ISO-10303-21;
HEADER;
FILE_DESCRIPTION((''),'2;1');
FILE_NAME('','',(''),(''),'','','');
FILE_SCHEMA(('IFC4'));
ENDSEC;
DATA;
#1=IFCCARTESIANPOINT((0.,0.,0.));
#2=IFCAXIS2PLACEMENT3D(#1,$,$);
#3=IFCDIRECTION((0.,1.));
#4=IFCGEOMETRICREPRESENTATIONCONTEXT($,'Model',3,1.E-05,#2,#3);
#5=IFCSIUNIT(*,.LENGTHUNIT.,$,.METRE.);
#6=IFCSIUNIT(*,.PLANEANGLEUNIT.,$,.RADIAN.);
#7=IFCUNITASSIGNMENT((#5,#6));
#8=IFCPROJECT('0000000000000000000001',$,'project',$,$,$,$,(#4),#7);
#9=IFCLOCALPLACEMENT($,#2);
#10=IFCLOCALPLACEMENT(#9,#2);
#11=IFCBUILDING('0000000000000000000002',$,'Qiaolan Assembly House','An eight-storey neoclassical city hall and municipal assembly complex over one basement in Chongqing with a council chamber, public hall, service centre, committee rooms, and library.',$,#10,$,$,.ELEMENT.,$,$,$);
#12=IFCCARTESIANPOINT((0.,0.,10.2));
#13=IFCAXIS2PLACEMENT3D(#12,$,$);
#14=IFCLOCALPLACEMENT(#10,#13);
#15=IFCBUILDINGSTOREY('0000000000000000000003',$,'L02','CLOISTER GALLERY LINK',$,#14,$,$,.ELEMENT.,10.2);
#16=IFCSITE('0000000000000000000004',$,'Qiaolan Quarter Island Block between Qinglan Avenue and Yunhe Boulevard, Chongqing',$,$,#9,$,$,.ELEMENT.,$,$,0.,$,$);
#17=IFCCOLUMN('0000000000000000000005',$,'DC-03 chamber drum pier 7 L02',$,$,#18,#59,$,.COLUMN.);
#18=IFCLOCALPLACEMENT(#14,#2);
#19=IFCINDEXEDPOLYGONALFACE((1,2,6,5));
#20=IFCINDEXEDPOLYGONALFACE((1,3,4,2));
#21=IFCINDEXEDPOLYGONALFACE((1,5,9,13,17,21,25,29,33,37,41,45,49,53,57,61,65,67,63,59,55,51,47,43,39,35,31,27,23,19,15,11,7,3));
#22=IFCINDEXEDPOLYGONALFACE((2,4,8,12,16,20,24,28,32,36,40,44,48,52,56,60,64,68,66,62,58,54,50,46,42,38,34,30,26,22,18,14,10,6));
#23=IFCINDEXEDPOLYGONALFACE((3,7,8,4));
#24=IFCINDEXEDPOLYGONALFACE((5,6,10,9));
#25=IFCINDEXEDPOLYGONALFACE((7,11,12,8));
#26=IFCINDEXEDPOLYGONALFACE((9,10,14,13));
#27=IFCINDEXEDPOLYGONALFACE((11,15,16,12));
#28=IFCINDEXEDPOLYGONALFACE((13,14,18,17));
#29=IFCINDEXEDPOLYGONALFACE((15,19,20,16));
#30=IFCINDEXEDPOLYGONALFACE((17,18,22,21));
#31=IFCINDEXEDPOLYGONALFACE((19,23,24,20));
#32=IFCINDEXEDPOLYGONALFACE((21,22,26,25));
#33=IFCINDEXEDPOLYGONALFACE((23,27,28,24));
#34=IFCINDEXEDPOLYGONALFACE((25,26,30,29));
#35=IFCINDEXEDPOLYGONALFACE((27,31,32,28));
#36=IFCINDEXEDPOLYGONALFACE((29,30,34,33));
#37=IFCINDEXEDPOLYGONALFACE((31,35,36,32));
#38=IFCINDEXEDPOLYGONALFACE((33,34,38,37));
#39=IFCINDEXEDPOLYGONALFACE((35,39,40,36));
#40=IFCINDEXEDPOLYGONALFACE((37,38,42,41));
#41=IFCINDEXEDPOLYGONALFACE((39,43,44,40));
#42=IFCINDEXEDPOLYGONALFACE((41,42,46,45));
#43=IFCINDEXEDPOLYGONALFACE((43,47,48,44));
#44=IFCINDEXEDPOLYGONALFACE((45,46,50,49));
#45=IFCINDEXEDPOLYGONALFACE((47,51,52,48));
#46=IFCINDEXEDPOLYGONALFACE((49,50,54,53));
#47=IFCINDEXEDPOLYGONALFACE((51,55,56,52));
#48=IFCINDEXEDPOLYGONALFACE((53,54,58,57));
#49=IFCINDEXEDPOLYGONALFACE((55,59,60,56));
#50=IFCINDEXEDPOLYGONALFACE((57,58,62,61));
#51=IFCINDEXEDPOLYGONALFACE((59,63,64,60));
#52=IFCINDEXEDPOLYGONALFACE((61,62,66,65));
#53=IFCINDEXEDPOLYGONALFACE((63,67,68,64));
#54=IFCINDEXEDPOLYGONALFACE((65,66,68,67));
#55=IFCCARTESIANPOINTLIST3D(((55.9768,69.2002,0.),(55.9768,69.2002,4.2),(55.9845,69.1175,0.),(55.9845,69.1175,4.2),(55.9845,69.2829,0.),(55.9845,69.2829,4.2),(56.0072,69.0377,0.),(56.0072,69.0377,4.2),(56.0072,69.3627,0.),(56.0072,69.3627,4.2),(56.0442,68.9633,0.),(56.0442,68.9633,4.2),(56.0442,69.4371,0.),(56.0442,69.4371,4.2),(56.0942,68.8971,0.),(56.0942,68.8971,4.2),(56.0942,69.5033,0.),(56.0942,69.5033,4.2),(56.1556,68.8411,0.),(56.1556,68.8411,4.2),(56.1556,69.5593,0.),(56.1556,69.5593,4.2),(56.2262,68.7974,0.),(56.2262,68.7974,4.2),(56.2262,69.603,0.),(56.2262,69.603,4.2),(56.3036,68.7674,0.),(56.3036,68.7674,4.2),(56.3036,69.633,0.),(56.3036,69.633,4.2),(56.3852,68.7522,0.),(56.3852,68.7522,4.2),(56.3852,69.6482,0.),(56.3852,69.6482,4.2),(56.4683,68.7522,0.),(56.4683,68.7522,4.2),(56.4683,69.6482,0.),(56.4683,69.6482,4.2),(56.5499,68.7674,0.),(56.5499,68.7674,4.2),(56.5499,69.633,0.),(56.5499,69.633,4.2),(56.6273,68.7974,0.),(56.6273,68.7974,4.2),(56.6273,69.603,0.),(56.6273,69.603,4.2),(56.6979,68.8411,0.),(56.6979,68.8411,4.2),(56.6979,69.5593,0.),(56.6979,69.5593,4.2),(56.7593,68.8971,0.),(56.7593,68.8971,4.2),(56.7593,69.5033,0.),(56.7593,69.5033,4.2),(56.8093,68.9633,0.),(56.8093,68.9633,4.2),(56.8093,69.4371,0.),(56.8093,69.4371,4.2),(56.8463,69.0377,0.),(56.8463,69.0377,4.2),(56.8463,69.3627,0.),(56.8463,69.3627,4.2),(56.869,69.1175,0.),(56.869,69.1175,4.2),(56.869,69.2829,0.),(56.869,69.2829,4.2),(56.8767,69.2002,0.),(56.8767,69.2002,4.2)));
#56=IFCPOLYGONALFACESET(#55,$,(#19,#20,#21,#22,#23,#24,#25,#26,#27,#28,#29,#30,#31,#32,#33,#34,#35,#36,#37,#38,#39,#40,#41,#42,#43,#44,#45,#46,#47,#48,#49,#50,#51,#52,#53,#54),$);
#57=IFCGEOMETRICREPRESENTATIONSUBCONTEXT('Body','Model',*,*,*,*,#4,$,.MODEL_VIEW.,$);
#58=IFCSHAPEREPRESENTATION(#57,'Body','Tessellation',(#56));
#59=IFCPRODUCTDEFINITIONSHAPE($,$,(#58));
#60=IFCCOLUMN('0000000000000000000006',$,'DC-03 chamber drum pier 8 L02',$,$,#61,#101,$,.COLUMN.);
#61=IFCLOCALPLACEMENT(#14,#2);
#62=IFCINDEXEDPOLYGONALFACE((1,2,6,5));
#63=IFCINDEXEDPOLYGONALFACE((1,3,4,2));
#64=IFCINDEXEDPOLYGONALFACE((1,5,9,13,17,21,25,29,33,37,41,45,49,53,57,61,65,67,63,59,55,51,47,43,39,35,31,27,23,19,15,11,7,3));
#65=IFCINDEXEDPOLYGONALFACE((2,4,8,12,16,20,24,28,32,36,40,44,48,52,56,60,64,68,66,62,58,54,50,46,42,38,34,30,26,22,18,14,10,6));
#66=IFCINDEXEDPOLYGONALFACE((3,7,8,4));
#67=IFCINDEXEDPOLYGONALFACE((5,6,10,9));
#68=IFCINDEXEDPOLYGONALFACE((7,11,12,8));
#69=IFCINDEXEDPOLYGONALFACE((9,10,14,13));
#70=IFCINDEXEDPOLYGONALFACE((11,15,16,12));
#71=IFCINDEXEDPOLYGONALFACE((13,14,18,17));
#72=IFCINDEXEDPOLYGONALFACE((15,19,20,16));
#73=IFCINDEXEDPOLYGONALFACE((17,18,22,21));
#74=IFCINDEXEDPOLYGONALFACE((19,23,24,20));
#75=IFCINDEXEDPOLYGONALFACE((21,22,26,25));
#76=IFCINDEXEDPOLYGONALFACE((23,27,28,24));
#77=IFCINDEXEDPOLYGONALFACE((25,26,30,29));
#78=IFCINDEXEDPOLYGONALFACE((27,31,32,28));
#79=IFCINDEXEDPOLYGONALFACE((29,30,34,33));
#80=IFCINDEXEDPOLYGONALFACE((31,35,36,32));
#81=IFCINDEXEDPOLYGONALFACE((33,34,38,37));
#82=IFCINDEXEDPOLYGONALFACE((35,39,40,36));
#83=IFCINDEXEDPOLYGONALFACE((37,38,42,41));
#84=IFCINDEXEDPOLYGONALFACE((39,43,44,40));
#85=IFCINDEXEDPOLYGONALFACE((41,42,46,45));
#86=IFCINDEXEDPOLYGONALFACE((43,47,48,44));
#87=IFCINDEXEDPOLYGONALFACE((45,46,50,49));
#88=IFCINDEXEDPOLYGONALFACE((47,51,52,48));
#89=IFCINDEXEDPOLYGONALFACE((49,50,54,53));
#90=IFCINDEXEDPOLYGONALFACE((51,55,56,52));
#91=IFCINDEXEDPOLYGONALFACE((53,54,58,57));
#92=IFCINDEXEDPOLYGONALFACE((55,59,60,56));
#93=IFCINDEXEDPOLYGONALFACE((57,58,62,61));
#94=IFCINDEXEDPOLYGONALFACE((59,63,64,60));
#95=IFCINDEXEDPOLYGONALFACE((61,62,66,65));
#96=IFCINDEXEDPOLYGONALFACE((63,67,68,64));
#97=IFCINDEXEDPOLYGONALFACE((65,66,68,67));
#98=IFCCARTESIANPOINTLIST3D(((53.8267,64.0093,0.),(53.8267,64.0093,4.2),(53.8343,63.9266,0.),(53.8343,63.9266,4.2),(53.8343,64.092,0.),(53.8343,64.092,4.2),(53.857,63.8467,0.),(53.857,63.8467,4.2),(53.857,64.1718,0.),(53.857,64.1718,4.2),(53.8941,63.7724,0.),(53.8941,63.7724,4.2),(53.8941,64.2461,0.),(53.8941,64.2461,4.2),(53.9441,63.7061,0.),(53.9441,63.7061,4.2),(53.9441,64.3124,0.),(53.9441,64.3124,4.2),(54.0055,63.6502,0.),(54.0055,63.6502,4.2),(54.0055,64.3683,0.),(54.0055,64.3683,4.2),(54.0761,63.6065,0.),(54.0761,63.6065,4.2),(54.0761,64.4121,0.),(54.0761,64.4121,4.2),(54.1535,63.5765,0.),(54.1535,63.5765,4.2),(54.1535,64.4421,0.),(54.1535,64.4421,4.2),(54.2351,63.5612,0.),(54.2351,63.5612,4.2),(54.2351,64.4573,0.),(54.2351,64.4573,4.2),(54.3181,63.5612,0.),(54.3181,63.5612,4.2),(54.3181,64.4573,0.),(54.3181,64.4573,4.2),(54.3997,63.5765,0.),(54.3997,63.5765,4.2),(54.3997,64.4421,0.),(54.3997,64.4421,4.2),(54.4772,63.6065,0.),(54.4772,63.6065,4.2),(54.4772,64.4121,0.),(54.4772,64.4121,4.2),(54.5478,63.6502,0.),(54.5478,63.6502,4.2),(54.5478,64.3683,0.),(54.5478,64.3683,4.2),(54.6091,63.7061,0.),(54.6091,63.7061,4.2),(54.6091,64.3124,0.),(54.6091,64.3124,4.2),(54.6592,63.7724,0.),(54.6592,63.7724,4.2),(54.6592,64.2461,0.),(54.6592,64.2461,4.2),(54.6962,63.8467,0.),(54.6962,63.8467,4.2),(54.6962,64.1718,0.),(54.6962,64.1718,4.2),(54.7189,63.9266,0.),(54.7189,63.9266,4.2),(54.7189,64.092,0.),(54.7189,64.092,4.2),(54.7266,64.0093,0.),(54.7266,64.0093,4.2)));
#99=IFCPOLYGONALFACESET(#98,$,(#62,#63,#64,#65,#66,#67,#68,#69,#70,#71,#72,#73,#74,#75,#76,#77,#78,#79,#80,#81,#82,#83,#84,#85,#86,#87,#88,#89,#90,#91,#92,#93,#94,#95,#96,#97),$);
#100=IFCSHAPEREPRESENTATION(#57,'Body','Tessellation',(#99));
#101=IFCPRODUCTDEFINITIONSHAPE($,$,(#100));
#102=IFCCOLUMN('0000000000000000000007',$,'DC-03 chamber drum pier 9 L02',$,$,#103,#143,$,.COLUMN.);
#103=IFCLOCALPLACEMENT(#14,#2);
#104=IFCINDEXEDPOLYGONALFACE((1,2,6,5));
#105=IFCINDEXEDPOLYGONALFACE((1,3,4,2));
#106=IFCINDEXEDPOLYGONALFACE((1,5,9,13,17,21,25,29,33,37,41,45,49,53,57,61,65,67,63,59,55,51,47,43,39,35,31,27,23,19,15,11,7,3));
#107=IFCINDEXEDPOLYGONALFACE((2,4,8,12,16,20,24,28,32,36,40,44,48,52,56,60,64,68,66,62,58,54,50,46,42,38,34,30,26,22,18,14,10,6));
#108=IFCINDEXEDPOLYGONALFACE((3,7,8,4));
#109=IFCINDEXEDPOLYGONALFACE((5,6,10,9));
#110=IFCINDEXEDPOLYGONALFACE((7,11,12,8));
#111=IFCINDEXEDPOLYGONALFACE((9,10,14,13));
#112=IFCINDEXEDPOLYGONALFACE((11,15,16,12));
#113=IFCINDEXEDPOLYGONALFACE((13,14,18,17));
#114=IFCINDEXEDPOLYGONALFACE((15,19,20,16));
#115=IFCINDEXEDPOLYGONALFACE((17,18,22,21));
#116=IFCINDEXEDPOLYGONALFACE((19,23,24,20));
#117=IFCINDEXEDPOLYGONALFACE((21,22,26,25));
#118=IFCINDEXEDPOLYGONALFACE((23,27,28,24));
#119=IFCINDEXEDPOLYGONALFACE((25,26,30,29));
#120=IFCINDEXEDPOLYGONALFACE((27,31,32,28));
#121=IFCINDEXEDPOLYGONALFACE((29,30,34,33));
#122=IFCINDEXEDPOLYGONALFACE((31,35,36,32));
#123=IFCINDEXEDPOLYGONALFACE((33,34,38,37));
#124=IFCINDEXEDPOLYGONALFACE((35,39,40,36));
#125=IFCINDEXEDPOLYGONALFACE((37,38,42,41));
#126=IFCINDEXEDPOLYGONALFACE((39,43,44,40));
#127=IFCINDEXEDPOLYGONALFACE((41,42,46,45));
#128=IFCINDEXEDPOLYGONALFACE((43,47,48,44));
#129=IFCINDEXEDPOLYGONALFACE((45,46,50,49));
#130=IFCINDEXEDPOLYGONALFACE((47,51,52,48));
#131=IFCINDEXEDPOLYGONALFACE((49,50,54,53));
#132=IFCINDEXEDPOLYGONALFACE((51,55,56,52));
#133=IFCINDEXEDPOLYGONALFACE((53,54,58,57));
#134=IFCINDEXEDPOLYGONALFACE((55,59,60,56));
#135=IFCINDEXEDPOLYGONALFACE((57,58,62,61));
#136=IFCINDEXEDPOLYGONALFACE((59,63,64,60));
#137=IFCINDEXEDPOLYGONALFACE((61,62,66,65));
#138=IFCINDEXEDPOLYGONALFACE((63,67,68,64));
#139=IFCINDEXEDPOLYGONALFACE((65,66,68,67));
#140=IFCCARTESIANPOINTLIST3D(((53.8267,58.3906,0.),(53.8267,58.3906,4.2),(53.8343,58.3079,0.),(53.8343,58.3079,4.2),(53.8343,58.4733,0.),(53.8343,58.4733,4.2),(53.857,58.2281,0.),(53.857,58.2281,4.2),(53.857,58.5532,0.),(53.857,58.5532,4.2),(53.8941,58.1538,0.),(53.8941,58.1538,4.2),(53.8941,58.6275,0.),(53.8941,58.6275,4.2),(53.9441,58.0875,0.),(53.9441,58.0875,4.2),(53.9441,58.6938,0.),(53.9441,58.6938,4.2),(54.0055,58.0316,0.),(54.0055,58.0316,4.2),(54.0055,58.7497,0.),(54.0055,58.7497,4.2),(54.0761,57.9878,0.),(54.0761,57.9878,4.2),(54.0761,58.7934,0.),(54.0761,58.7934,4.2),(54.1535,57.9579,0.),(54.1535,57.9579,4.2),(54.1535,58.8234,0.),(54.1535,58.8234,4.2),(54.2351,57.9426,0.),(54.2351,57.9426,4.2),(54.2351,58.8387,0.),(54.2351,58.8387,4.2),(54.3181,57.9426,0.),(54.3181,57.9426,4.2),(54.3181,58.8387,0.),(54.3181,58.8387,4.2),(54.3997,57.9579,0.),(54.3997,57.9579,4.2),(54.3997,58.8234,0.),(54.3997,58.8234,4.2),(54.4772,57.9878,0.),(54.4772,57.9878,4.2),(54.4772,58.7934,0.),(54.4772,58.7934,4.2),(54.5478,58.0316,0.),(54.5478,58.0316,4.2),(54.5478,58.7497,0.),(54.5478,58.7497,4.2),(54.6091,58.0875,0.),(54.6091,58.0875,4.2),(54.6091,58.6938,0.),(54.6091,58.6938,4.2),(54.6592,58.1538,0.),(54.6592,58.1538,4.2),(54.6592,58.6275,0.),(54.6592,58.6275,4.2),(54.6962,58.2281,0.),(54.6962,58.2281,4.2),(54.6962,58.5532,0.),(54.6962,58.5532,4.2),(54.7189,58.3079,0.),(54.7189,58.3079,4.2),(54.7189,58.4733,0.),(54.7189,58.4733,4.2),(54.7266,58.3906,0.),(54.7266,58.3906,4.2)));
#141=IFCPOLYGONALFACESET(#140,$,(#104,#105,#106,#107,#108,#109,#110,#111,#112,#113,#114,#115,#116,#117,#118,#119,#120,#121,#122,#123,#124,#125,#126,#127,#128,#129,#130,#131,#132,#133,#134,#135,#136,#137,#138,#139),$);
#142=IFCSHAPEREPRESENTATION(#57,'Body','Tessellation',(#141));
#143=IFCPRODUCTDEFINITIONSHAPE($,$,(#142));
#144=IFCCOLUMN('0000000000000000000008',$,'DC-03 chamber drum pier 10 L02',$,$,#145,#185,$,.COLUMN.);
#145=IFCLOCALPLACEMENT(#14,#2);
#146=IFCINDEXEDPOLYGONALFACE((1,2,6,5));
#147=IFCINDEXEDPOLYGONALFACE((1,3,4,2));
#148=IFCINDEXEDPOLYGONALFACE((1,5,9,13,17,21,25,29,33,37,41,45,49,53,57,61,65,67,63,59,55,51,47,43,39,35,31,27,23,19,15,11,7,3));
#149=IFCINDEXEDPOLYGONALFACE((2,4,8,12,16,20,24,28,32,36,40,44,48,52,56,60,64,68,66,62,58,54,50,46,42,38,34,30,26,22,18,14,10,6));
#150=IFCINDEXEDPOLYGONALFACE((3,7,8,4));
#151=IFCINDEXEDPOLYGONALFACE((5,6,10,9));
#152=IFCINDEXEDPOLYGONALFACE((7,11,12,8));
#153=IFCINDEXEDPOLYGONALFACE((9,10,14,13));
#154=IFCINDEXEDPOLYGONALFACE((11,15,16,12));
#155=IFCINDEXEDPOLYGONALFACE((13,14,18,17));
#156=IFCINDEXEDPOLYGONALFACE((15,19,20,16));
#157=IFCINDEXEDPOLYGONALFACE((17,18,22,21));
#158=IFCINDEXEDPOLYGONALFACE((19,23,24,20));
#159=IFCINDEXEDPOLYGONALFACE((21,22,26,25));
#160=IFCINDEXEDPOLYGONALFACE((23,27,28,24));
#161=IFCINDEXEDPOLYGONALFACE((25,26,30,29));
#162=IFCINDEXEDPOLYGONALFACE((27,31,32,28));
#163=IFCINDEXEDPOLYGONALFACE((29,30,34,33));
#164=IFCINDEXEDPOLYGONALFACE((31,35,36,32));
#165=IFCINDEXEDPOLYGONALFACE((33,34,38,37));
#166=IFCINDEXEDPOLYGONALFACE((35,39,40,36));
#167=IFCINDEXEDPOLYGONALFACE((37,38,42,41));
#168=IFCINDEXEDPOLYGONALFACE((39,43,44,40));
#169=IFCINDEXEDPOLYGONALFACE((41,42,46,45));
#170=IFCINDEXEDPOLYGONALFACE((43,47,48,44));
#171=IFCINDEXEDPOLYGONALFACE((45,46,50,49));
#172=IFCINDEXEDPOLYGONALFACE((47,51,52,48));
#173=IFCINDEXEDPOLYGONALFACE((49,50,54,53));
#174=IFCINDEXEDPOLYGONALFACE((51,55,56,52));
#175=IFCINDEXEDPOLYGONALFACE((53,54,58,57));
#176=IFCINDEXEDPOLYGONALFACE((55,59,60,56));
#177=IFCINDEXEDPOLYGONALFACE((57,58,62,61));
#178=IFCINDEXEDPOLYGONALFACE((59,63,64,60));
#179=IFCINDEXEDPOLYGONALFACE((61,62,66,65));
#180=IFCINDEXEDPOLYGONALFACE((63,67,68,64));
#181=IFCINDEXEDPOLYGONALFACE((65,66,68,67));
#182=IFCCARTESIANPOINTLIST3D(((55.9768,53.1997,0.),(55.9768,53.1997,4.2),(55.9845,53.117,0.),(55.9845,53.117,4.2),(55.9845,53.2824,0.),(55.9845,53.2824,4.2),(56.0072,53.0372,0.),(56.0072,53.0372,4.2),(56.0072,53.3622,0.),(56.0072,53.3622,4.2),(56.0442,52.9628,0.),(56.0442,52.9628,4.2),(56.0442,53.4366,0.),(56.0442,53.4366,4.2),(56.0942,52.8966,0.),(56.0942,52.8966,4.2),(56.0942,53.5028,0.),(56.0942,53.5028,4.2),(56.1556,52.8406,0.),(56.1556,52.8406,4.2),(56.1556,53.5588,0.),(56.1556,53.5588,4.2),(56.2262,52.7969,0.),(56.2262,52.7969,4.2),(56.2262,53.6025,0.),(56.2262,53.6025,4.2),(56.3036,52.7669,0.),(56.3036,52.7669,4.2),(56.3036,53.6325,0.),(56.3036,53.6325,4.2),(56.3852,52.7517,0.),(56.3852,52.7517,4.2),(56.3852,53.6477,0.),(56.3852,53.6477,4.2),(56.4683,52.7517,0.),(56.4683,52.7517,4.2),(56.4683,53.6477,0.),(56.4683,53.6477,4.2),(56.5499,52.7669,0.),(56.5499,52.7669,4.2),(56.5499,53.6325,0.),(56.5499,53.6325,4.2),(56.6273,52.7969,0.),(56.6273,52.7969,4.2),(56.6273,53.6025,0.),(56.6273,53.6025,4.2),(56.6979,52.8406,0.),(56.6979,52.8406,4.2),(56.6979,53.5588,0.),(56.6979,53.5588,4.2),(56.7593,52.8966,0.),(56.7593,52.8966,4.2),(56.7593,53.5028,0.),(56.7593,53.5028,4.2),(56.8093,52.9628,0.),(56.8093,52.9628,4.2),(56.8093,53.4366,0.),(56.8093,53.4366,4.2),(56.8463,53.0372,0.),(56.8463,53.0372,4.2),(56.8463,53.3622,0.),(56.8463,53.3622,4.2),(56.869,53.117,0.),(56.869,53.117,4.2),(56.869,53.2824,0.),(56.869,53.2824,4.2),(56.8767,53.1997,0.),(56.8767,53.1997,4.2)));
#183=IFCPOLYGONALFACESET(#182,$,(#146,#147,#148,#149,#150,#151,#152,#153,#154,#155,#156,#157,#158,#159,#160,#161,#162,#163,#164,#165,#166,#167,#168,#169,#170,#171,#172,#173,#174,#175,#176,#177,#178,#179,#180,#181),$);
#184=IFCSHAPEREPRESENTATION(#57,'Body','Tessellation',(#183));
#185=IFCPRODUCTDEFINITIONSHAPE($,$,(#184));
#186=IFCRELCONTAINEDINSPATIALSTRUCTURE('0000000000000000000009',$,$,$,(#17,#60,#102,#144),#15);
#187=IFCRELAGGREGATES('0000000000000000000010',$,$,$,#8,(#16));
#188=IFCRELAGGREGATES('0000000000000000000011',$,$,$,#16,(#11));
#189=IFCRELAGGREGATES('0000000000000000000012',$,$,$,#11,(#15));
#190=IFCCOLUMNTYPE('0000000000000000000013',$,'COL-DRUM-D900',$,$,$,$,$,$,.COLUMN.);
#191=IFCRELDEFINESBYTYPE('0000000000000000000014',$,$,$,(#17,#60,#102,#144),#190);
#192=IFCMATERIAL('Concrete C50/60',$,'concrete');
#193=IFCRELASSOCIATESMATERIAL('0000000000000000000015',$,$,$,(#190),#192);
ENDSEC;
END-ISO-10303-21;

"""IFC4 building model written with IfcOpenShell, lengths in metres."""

from ifc_helpers import new_model, si_unit, direction, frame, origin, origin_2d, place, context, subcontext, project, spatial, circle, extrude, material, material_profile, profile_set, type_object, element, save


model = new_model("IFC4")

# Units and contexts
model_context = context("Model", 3, precision=1e-05, world=origin(), true_north=direction((0.0, 1.0)))
body_context = subcontext(model_context, "Body", "Model", "MODEL_VIEW")
ifc_project = project(units=[si_unit("LENGTHUNIT", "METRE"), si_unit("PLANEANGLEUNIT", "RADIAN")], contexts=[model_context])

# Site, building, storey
site_placement = place(None, origin())
site = spatial("IfcSite", under=ifc_project, at=site_placement, Name="Qiaolan Quarter Island Block between Qinglan Avenue and Yunhe Boulevard, Chongqing", CompositionType="ELEMENT", RefElevation=0.0)
building_placement = place(site_placement, origin())
building = spatial("IfcBuilding", under=site, at=building_placement, Name="Qiaolan Assembly House", Description="An eight-storey neoclassical city hall and municipal assembly complex over one basement in Chongqing with a council chamber, public hall, service centre, committee rooms, and library.", CompositionType="ELEMENT")
storey_placement = place(building_placement, frame((0.0, 0.0, 10.2)))
storey = spatial("IfcBuildingStorey", under=building, at=storey_placement, Name="L02", Description="CLOISTER GALLERY LINK", CompositionType="ELEMENT", Elevation=10.2)

# Columns
ifc_material_1 = material(Name="Concrete C50/60", Category="concrete")
ifc_material_profile_1 = material_profile(ifc_material_1, circle(Radius=0.45, at=origin_2d()), Name="CIRC D900")
ifc_profile_set_1 = profile_set([ifc_material_profile_1], Name="Concrete C50/60")
column_type = type_object("IfcColumnType", Name="COL-DRUM-D900", PredefinedType="COLUMN", material=ifc_profile_set_1)
for number, where, z_axis, x_axis, name in (
    (1, (56.4268, 69.2002, 0.0), (0.0, 0.0, 1.0), (1.0, 0.0, 0.0), "DC-03 chamber drum pier 7 L02"),
    (2, (54.2766, 64.0093, 0.0), (0.0, 0.0, 1.0), (1.0, 0.0, 0.0), "DC-03 chamber drum pier 8 L02"),
    (3, (54.2766, 58.3906, 0.0), (0.0, 0.0, 1.0), (1.0, 0.0, 0.0), "DC-03 chamber drum pier 9 L02"),
    (4, (56.4268, 53.1997, 0.0), (0.0, 0.0, 1.0), (1.0, 0.0, 0.0), "DC-03 chamber drum pier 10 L02"),
):
    element("IfcColumn", number, at=place(storey_placement, frame(where, z_axis=z_axis, x_axis=x_axis)), inside=storey, type_object=column_type, Name=name, PredefinedType="COLUMN", context=body_context, shape_type="SweptSolid", body=[
        extrude(circle(Radius=0.45, at=origin_2d()), origin(), (0.0, 0.0, 1.0), 4.2),
    ])

save(model, "model.ifc")
